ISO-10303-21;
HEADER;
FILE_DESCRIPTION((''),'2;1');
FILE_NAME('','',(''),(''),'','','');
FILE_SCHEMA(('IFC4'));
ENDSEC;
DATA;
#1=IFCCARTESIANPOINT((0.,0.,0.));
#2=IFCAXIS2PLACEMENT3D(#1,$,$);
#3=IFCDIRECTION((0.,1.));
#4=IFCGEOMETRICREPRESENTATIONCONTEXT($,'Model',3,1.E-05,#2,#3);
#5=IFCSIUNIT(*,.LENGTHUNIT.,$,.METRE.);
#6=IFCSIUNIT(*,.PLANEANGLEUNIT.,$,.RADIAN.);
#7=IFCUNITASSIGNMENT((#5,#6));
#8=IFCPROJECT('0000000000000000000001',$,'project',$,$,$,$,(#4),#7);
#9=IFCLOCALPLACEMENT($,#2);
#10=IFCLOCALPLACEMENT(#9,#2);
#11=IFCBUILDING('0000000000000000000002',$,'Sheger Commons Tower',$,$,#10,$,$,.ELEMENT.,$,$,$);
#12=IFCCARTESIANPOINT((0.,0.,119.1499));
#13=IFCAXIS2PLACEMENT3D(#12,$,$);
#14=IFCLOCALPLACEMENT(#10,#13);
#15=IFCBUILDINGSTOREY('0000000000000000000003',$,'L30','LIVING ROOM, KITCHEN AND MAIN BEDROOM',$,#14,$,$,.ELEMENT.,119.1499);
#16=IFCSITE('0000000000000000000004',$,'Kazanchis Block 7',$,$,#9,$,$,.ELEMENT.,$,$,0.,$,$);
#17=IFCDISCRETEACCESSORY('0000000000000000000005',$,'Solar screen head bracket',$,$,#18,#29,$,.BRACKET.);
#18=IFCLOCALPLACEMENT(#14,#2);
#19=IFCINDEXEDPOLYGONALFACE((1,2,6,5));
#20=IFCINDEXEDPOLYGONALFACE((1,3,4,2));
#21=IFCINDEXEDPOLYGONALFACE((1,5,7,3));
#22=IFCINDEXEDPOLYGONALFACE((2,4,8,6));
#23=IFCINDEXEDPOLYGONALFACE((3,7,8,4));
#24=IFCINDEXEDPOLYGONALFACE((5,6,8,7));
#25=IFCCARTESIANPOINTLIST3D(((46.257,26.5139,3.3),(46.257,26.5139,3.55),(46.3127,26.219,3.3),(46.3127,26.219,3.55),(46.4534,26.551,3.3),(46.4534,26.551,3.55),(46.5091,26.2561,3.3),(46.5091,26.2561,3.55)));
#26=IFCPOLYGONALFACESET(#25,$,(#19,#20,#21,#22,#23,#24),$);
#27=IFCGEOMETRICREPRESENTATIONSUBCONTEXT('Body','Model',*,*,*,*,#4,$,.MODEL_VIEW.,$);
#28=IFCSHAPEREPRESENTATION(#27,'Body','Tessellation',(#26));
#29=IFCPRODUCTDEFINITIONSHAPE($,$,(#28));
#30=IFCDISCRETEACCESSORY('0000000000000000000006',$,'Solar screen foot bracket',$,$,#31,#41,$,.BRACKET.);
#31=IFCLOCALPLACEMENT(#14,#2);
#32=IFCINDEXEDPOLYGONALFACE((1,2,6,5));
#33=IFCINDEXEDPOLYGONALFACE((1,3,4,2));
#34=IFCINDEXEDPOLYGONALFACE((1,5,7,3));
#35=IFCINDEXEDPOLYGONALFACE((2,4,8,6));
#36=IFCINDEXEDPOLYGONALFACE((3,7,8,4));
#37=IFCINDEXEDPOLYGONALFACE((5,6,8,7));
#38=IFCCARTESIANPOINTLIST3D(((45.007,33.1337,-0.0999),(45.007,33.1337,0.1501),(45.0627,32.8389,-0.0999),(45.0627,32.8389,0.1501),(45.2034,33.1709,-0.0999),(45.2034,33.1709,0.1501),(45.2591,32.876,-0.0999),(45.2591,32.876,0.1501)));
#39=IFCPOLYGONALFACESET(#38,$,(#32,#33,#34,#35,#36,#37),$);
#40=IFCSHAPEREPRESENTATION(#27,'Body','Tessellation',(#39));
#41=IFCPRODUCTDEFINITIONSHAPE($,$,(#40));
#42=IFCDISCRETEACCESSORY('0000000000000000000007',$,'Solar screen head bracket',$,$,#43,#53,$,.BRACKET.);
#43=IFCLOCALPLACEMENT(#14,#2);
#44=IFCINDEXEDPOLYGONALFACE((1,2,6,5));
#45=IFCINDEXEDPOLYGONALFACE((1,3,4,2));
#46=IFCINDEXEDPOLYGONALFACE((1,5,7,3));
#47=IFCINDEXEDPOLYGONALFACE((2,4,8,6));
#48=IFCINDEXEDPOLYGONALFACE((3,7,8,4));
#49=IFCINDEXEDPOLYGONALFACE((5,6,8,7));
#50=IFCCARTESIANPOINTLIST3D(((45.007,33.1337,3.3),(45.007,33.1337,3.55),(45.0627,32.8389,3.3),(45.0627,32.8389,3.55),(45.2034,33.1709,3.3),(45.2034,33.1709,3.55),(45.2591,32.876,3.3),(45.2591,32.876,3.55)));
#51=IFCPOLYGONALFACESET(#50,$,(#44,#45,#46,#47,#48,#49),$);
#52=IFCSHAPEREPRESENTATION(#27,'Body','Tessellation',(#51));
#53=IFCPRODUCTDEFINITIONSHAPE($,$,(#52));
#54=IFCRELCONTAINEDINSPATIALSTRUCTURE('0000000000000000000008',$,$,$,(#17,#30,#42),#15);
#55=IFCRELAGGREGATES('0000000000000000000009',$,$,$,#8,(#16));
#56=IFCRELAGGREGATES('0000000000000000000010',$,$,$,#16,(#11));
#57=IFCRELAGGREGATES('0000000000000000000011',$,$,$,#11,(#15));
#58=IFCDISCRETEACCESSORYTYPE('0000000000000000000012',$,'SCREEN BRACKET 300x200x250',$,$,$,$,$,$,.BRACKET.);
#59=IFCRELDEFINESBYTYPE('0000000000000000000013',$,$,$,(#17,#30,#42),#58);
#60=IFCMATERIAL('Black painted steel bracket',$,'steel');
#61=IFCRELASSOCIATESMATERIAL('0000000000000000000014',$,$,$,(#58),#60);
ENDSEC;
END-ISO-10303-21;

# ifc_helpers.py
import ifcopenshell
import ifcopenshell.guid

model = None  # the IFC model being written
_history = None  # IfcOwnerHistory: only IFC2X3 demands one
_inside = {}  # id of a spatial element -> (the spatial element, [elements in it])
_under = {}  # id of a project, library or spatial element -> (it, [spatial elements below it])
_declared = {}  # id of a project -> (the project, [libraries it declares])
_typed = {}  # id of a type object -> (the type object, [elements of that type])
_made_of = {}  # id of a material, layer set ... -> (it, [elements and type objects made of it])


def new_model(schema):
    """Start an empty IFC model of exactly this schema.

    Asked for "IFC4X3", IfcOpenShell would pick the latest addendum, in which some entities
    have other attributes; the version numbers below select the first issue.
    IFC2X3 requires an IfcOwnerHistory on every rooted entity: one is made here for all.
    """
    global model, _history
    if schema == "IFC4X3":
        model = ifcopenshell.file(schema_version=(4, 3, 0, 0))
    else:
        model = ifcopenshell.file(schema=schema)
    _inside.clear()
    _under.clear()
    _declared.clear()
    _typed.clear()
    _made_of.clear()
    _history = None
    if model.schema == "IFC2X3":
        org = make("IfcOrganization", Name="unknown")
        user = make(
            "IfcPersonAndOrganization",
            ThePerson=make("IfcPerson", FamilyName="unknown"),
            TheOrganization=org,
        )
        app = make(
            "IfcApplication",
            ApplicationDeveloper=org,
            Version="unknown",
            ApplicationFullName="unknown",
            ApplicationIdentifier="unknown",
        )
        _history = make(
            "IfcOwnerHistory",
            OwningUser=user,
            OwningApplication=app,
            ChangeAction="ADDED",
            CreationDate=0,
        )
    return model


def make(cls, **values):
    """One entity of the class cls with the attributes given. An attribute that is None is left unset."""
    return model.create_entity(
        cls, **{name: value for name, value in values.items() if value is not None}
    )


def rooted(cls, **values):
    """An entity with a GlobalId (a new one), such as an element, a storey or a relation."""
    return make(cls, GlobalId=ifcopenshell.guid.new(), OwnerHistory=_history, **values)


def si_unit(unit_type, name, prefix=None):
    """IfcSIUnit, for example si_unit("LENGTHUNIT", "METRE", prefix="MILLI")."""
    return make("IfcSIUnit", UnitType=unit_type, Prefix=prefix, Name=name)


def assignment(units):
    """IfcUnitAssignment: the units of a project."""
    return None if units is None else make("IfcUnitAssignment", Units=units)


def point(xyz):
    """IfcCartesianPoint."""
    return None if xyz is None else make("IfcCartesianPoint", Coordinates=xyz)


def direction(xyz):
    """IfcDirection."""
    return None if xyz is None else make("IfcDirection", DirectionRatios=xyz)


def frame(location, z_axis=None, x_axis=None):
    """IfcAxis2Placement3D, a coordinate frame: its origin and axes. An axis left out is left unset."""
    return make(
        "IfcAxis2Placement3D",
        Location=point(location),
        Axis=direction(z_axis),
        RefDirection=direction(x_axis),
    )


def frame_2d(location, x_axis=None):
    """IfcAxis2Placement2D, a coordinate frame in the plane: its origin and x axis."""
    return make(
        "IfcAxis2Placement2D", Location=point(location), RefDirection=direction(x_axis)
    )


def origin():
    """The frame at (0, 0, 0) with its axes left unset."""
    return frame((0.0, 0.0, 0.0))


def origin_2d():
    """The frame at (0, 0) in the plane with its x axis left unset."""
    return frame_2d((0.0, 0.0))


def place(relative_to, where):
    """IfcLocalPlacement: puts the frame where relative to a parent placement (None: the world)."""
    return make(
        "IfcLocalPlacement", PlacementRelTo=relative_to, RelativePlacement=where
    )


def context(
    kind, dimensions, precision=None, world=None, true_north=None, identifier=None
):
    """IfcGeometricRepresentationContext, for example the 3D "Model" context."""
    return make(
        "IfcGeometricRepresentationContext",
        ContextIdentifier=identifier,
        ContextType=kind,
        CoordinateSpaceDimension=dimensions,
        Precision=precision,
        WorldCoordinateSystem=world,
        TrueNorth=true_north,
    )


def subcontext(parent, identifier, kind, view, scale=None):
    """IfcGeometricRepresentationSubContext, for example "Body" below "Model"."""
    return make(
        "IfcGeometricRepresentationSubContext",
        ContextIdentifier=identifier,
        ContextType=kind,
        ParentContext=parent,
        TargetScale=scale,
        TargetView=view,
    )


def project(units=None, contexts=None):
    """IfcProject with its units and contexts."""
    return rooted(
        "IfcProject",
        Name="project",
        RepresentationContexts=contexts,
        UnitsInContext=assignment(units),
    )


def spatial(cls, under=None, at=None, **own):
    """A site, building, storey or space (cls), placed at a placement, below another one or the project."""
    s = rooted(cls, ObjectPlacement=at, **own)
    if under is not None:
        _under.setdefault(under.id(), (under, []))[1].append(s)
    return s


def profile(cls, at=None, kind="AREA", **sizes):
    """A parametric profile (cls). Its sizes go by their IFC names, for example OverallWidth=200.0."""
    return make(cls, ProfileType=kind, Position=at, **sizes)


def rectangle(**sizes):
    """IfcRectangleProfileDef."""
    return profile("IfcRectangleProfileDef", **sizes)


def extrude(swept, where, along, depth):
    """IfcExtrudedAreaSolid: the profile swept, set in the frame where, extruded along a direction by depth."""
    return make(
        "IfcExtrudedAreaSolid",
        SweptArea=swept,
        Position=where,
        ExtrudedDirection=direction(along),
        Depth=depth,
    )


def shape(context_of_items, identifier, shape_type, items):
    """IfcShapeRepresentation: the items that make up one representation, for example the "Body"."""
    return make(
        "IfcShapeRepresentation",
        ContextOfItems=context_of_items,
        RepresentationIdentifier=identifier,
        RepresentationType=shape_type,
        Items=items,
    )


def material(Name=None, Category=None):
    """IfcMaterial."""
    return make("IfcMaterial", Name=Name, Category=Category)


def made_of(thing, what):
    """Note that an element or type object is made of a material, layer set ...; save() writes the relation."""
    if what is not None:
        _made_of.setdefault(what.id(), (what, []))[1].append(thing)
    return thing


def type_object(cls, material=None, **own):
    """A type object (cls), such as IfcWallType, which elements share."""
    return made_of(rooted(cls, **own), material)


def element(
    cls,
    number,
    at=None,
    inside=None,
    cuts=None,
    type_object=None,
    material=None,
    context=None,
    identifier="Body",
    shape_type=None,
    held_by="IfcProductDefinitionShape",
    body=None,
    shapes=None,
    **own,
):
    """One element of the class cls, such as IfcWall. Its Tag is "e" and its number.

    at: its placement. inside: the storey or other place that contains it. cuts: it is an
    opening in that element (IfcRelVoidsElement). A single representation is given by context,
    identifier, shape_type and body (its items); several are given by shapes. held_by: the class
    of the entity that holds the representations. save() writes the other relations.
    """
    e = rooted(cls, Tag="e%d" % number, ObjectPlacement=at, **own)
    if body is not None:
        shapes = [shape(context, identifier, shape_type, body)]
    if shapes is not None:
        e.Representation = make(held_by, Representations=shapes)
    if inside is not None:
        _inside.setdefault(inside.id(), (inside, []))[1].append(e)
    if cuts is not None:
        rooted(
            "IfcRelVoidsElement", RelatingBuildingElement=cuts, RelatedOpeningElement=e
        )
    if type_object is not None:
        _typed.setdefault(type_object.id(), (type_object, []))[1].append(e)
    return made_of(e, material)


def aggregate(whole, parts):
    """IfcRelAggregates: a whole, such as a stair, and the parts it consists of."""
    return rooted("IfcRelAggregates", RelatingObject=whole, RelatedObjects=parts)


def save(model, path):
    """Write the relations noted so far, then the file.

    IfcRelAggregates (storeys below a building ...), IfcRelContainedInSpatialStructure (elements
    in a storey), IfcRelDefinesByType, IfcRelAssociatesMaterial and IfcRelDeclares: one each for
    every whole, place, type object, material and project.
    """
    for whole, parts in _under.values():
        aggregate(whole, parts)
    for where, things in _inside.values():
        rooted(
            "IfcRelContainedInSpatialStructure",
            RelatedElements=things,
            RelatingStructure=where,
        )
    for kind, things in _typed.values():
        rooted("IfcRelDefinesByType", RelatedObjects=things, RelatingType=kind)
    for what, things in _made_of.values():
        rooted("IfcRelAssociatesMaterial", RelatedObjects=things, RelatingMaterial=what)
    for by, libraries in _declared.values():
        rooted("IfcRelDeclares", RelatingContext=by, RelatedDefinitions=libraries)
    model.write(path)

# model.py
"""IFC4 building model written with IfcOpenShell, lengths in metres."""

from ifc_helpers import new_model, si_unit, direction, frame, origin, origin_2d, place, context, subcontext, project, spatial, rectangle, extrude, material, type_object, element, save


model = new_model("IFC4")

# Units and contexts
model_context = context("Model", 3, precision=1e-05, world=origin(), true_north=direction((0.0, 1.0)))
body_context = subcontext(model_context, "Body", "Model", "MODEL_VIEW")
ifc_project = project(units=[si_unit("LENGTHUNIT", "METRE"), si_unit("PLANEANGLEUNIT", "RADIAN")], contexts=[model_context])

# Site, building, storey
site_placement = place(None, origin())
site = spatial("IfcSite", under=ifc_project, at=site_placement, Name="Kazanchis Block 7", CompositionType="ELEMENT", RefElevation=0.0)
building_placement = place(site_placement, origin())
building = spatial("IfcBuilding", under=site, at=building_placement, Name="Sheger Commons Tower", CompositionType="ELEMENT")
storey_placement = place(building_placement, frame((0.0, 0.0, 119.1499)))
storey = spatial("IfcBuildingStorey", under=building, at=storey_placement, Name="L30", Description="LIVING ROOM, KITCHEN AND MAIN BEDROOM", CompositionType="ELEMENT", Elevation=119.1499)

# Discrete accessories
ifc_material_1 = material(Name="Black painted steel bracket", Category="steel")
discrete_accessory_type = type_object("IfcDiscreteAccessoryType", Name="SCREEN BRACKET 300x200x250", PredefinedType="BRACKET", material=ifc_material_1)
for number, where, z_axis, x_axis, name in (
    (1, (46.3831, 26.385, 3.3), (0.0, 0.0, 1.0), (-0.185615, 0.982623, 0.0), "Solar screen head bracket"),
    (2, (45.1331, 33.0049, -0.0999), (0.0, 0.0, 1.0), (-0.185615, 0.982623, 0.0), "Solar screen foot bracket"),
    (3, (45.1331, 33.0049, 3.3), (0.0, 0.0, 1.0), (-0.185615, 0.982623, 0.0), "Solar screen head bracket"),
):
    element("IfcDiscreteAccessory", number, at=place(storey_placement, frame(where, z_axis=z_axis, x_axis=x_axis)), inside=storey, type_object=discrete_accessory_type, Name=name, PredefinedType="BRACKET", context=body_context, shape_type="SweptSolid", body=[
        extrude(rectangle(XDim=0.3, YDim=0.2, at=origin_2d()), origin(), (0.0, 0.0, 1.0), 0.25),
    ])

save(model, "model.ifc")
